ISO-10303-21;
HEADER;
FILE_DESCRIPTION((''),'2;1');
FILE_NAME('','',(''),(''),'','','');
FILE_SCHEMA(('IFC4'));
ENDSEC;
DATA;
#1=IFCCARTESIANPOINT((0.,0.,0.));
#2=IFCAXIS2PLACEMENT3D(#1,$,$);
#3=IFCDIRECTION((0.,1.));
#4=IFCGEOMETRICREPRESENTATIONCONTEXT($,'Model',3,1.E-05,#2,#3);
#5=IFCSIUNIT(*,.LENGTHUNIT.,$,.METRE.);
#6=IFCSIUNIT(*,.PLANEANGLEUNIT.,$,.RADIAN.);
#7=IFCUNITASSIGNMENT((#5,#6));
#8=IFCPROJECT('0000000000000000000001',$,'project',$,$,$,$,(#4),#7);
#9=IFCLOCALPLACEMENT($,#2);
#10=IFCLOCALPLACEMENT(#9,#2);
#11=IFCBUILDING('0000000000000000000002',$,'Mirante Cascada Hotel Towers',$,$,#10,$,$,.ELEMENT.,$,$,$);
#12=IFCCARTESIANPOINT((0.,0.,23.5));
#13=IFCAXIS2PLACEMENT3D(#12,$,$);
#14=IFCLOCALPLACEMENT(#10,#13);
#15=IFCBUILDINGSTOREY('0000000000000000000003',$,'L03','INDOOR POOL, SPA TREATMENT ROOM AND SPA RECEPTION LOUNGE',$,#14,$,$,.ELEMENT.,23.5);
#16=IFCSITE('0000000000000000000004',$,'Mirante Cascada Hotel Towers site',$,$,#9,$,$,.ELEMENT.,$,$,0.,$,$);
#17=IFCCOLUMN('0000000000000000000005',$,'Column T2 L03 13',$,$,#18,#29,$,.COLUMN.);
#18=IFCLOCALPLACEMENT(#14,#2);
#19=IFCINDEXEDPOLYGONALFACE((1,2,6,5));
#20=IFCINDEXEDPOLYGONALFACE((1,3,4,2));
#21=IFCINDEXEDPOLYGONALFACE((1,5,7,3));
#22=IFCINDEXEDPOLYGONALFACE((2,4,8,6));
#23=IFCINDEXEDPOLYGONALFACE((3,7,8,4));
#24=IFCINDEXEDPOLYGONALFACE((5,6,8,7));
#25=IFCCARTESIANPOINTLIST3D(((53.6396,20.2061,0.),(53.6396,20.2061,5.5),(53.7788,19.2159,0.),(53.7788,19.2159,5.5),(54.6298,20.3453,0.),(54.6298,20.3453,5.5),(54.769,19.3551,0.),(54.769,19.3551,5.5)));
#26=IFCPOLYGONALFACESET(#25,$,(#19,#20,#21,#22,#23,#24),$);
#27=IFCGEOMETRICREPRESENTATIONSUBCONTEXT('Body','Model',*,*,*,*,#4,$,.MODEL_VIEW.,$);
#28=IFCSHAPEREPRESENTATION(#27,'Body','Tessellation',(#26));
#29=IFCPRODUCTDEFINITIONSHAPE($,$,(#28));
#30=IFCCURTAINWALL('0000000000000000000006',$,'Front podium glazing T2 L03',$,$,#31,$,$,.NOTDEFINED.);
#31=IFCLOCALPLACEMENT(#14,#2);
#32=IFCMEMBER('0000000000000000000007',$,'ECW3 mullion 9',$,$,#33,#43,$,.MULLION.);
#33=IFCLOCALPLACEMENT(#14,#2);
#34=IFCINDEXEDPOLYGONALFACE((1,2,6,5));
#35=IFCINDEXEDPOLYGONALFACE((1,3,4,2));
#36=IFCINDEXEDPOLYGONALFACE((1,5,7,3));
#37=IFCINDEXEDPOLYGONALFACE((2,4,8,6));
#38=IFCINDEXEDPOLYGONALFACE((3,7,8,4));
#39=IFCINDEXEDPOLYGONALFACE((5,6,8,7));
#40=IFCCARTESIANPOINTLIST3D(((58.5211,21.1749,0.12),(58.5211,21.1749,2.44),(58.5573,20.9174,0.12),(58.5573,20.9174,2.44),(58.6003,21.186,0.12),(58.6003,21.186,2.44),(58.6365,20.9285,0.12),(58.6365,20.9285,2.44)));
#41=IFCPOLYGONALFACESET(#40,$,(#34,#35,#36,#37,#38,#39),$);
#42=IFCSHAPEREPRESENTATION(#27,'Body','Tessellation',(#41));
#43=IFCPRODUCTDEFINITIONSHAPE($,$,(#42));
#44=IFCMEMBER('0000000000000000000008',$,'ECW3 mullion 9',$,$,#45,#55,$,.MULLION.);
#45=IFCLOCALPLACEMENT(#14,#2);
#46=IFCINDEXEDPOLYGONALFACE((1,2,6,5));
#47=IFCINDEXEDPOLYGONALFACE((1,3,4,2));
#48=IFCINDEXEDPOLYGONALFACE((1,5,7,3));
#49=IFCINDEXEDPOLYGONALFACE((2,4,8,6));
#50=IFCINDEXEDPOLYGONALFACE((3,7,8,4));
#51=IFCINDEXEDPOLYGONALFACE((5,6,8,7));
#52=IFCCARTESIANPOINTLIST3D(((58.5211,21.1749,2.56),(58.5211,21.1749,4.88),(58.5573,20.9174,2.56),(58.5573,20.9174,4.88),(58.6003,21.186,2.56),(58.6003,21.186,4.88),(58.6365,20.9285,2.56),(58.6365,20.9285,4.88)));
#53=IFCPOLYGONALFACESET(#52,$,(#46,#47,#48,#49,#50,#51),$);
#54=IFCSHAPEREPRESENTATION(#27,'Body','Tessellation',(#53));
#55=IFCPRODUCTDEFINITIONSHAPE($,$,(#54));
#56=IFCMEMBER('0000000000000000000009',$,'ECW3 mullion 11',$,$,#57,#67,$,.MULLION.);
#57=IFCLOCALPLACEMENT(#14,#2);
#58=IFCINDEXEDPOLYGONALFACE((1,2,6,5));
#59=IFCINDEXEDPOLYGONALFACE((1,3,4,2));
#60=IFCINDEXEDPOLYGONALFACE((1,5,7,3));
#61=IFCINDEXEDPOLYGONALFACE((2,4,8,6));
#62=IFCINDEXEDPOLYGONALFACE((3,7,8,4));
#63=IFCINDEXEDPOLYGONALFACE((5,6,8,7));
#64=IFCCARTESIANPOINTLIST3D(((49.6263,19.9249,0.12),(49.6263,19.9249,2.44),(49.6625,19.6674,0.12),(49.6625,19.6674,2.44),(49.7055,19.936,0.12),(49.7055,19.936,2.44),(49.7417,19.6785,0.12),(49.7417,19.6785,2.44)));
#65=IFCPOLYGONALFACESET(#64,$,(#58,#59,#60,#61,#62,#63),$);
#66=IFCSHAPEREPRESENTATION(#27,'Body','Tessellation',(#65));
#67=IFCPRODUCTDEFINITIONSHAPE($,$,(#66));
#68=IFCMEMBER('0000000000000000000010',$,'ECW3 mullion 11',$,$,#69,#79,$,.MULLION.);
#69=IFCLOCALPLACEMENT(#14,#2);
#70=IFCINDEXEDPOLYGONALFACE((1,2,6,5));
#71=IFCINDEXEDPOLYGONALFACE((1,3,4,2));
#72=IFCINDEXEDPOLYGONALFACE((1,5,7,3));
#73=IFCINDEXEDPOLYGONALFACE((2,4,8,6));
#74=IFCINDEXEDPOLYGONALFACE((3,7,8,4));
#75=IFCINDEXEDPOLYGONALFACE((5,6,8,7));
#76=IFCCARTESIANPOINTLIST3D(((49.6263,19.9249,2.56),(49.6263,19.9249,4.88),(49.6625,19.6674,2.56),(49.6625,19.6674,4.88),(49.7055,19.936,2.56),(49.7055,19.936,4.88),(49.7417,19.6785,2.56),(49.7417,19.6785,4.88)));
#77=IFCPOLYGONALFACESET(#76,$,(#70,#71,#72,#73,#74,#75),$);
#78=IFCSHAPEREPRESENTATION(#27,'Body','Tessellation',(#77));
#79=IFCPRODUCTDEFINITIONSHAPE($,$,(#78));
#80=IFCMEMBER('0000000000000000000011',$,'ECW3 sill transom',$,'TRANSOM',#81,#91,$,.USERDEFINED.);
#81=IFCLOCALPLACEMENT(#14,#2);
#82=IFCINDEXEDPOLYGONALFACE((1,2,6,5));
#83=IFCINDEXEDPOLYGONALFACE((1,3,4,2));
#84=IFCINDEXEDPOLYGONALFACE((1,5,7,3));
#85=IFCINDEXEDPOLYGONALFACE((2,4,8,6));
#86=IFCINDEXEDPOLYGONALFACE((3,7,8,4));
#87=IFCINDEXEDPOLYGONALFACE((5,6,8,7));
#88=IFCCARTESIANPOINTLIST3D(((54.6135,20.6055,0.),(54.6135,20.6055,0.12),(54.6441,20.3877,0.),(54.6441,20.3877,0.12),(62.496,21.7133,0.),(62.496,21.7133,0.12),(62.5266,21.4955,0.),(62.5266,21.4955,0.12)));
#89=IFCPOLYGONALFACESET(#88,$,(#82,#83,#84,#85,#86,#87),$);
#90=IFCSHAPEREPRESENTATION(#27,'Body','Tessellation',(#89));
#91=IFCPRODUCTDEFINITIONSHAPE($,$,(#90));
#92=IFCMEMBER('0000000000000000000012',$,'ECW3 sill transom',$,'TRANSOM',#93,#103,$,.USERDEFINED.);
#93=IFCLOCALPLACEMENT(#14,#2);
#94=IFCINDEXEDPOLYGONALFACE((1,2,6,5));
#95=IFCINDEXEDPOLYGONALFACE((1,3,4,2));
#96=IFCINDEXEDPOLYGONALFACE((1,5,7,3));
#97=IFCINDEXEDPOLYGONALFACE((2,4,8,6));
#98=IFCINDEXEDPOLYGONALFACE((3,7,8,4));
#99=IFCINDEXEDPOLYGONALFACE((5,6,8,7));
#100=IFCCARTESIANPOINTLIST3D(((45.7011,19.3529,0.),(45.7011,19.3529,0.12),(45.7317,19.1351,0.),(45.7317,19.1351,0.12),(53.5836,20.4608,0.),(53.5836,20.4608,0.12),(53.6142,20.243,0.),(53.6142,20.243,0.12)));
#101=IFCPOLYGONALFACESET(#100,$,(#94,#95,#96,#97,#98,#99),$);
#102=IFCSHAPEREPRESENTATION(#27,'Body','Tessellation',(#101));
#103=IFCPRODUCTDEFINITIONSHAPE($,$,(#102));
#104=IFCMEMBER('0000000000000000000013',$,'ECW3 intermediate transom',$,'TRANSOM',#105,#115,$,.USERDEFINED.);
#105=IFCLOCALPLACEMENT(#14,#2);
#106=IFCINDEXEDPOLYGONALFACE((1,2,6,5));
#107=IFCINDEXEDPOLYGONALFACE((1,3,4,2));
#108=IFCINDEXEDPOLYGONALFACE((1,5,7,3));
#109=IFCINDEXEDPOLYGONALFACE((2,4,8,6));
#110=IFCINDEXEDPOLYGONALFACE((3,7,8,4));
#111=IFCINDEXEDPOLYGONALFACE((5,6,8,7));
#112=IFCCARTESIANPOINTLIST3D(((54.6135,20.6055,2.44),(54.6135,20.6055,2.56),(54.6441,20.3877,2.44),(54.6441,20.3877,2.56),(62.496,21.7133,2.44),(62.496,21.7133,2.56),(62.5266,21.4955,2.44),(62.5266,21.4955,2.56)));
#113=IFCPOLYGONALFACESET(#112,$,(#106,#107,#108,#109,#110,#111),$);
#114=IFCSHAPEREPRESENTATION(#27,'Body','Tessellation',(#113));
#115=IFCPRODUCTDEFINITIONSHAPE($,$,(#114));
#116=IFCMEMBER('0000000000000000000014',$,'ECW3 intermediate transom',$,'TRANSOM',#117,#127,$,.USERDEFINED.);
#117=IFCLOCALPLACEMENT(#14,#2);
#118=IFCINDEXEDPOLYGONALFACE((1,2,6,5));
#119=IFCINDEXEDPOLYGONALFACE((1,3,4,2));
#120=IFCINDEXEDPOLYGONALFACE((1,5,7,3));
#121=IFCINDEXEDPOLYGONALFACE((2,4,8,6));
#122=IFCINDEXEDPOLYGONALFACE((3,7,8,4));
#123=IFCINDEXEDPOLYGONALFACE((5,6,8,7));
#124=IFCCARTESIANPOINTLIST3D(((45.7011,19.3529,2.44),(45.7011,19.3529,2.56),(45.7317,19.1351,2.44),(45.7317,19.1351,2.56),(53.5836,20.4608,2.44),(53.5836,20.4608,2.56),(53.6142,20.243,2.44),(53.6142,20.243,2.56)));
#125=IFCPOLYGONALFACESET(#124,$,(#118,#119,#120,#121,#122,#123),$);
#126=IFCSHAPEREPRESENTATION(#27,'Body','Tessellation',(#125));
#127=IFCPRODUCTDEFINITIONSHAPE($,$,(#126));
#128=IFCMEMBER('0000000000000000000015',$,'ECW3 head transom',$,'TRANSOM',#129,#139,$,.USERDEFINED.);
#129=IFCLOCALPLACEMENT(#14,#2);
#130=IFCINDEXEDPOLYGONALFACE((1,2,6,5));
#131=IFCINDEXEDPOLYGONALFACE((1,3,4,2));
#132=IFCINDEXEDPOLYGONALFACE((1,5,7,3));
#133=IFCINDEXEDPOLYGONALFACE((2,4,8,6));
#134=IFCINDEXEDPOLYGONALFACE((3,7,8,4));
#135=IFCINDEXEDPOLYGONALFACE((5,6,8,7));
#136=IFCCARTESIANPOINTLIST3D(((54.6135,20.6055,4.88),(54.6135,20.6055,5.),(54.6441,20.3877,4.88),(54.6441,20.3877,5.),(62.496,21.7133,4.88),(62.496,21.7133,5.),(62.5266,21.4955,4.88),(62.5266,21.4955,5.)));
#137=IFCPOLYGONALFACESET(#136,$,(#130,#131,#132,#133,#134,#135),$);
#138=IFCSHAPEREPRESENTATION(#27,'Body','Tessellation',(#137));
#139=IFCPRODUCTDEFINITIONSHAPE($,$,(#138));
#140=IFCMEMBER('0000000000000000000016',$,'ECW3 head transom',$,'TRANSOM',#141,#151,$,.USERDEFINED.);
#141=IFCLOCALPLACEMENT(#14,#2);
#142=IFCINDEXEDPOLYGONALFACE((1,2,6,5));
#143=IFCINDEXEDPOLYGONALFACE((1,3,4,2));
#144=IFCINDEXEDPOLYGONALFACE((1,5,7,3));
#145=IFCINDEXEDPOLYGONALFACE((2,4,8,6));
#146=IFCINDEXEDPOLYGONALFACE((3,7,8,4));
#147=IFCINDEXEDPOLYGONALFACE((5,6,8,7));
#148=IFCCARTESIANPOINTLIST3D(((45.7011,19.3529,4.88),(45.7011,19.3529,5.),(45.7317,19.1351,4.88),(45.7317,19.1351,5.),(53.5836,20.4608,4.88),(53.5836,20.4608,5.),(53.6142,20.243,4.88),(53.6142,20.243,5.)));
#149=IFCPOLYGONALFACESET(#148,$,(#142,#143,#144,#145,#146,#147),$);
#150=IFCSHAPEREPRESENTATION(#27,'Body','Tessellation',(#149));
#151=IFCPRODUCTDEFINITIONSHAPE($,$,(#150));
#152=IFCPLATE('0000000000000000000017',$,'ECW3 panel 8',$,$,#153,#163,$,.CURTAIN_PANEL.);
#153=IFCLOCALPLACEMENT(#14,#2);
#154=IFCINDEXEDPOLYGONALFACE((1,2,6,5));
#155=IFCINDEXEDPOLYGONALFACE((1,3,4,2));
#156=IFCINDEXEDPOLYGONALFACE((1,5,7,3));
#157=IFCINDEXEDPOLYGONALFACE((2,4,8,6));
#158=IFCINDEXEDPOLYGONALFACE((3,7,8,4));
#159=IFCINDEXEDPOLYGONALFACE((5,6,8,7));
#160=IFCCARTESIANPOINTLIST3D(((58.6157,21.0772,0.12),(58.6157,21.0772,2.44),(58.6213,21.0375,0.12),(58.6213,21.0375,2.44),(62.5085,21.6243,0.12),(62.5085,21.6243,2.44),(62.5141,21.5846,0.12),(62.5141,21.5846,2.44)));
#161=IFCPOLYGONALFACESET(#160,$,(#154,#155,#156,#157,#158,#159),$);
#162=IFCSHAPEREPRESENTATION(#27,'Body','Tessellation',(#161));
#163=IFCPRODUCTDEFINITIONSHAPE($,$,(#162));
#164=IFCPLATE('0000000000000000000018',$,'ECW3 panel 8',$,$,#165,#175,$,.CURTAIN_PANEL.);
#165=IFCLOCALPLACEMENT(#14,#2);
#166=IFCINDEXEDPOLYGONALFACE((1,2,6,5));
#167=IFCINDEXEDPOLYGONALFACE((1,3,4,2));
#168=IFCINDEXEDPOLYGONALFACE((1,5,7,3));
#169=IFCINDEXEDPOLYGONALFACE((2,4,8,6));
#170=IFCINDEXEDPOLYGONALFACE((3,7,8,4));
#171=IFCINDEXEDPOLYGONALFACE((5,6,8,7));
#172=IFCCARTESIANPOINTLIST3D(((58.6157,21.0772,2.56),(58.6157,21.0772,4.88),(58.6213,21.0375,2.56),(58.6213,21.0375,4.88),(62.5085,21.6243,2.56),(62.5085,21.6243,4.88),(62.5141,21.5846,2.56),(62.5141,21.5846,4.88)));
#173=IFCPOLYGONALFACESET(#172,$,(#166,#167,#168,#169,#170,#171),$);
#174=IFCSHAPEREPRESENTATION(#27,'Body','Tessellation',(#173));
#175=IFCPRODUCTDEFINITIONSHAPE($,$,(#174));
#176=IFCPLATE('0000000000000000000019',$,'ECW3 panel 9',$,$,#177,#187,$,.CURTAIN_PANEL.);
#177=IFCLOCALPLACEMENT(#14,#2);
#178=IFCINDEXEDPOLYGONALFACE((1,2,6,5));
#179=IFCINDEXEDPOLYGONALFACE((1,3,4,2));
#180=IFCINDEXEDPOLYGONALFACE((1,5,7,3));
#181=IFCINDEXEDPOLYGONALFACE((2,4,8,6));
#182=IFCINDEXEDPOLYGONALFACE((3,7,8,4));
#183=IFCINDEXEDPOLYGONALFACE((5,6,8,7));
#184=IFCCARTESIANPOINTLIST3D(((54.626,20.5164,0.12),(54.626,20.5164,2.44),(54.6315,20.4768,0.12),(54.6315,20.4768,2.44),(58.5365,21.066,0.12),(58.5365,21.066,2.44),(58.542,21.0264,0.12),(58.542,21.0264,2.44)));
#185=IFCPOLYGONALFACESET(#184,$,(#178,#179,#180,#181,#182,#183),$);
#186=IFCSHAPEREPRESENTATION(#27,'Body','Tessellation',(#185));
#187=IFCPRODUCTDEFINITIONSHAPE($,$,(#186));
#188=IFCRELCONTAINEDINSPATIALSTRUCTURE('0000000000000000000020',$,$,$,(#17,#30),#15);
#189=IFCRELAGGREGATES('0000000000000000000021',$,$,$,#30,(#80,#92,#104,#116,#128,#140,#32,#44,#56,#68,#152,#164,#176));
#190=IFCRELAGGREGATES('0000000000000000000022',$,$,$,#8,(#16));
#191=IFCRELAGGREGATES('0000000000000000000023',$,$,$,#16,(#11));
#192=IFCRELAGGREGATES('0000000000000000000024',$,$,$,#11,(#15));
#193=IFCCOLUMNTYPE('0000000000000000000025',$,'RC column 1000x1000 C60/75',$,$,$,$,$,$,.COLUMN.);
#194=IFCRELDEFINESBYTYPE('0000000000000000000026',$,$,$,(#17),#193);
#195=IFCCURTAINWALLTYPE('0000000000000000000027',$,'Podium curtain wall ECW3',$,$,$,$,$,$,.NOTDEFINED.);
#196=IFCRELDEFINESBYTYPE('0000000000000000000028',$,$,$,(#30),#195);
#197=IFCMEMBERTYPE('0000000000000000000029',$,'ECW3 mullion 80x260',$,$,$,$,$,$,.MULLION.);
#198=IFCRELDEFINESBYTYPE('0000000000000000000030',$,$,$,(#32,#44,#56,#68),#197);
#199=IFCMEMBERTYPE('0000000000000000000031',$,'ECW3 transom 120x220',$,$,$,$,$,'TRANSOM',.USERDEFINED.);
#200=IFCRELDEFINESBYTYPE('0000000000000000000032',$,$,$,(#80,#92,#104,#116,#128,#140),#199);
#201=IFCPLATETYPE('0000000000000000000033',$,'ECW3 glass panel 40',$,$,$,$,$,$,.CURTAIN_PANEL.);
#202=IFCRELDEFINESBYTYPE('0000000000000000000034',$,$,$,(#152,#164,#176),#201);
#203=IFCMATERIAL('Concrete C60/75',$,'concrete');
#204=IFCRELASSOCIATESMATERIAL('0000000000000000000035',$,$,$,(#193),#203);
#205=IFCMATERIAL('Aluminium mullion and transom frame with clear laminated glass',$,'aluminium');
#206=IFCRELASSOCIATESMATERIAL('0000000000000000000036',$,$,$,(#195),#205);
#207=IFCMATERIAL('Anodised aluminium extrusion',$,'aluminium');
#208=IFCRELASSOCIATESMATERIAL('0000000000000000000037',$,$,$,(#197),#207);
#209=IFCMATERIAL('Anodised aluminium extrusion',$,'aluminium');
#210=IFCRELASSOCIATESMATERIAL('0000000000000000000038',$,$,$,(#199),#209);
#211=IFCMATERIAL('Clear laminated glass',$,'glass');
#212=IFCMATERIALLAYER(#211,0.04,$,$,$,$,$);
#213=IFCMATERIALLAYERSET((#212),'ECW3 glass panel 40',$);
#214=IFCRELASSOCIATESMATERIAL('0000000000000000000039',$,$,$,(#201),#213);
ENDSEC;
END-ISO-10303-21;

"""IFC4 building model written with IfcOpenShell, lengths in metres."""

from ifc_helpers import new_model, si_unit, direction, frame, origin, origin_2d, place, context, subcontext, project, spatial, rectangle, extrude, material, layer, layer_set, material_profile, profile_set, type_object, element, aggregate, save


model = new_model("IFC4")

# Units and contexts
model_context = context("Model", 3, precision=1e-05, world=origin(), true_north=direction((0.0, 1.0)))
body_context = subcontext(model_context, "Body", "Model", "MODEL_VIEW")
ifc_project = project(units=[si_unit("LENGTHUNIT", "METRE"), si_unit("PLANEANGLEUNIT", "RADIAN")], contexts=[model_context])

# Site, building, storey
site_placement = place(None, origin())
site = spatial("IfcSite", under=ifc_project, at=site_placement, Name="Mirante Cascada Hotel Towers site", CompositionType="ELEMENT", RefElevation=0.0)
building_placement = place(site_placement, origin())
building = spatial("IfcBuilding", under=site, at=building_placement, Name="Mirante Cascada Hotel Towers", CompositionType="ELEMENT")
storey_placement = place(building_placement, frame((0.0, 0.0, 23.5)))
storey = spatial("IfcBuildingStorey", under=building, at=storey_placement, Name="L03", Description="INDOOR POOL, SPA TREATMENT ROOM AND SPA RECEPTION LOUNGE", CompositionType="ELEMENT", Elevation=23.5)

# Column
ifc_material_1 = material(Name="Concrete C60/75", Category="concrete")
ifc_material_profile_1 = material_profile(ifc_material_1, rectangle(XDim=1.0, YDim=1.0, at=origin_2d()), Name="RC column 1000x1000 C60/75")
ifc_profile_set_1 = profile_set([ifc_material_profile_1], Name="Concrete C60/75")
column_type = type_object("IfcColumnType", Name="RC column 1000x1000 C60/75", PredefinedType="COLUMN", material=ifc_profile_set_1)
column_placement = place(storey_placement, frame((54.2043, 19.7806, 0.0), z_axis=(0.0, 0.0, 1.0), x_axis=(0.990268, 0.139173, 0.0)))
element("IfcColumn", 1, at=column_placement, inside=storey, type_object=column_type, Name="Column T2 L03 13", PredefinedType="COLUMN", context=body_context, shape_type="SweptSolid", body=[
    extrude(rectangle(XDim=1.0, YDim=1.0, at=origin_2d()), origin(), (0.0, 0.0, 1.0), 5.5),
])

# Curtain wall, members, plates
ifc_material_2 = material(Name="Aluminium mullion and transom frame with clear laminated glass", Category="aluminium")
curtain_wall_type = type_object("IfcCurtainWallType", Name="Podium curtain wall ECW3", PredefinedType="NOTDEFINED", material=ifc_material_2)
curtain_wall_placement = place(storey_placement, origin())
curtain_wall = element("IfcCurtainWall", 2, at=curtain_wall_placement, inside=storey, type_object=curtain_wall_type, Name="Front podium glazing T2 L03", PredefinedType="NOTDEFINED")
ifc_material_3 = material(Name="Anodised aluminium extrusion", Category="aluminium")
ifc_material_profile_2 = material_profile(ifc_material_3, rectangle(XDim=0.26, YDim=0.08, at=origin_2d()), Name="ECW3 MULLION 80x260")
ifc_profile_set_2 = profile_set([ifc_material_profile_2], Name="Anodised aluminium extrusion")
member_type_1 = type_object("IfcMemberType", Name="ECW3 mullion 80x260", PredefinedType="MULLION", material=ifc_profile_set_2)
member_1_placement = place(storey_placement, frame((58.5788, 21.0517, 0.12), z_axis=(0.0, 0.0, 1.0), x_axis=(0.139173, -0.990268, 0.0)))
member_1 = element("IfcMember", 3, at=member_1_placement, type_object=member_type_1, Name="ECW3 mullion 9", PredefinedType="MULLION", context=body_context, shape_type="SweptSolid", body=[
    extrude(rectangle(XDim=0.26, YDim=0.08, at=origin_2d()), origin(), (0.0, 0.0, 1.0), 2.32),
])
member_2_placement = place(storey_placement, frame((58.5788, 21.0517, 2.56), z_axis=(0.0, 0.0, 1.0), x_axis=(0.139173, -0.990268, 0.0)))
member_2 = element("IfcMember", 4, at=member_2_placement, type_object=member_type_1, Name="ECW3 mullion 9", PredefinedType="MULLION", context=body_context, shape_type="SweptSolid", body=[
    extrude(rectangle(XDim=0.26, YDim=0.08, at=origin_2d()), origin(), (0.0, 0.0, 1.0), 2.32),
])
member_3_placement = place(storey_placement, frame((49.684, 19.8017, 0.12), z_axis=(0.0, 0.0, 1.0), x_axis=(0.139173, -0.990268, 0.0)))
member_3 = element("IfcMember", 5, at=member_3_placement, type_object=member_type_1, Name="ECW3 mullion 11", PredefinedType="MULLION", context=body_context, shape_type="SweptSolid", body=[
    extrude(rectangle(XDim=0.26, YDim=0.08, at=origin_2d()), origin(), (0.0, 0.0, 1.0), 2.32),
])
member_4_placement = place(storey_placement, frame((49.684, 19.8017, 2.56), z_axis=(0.0, 0.0, 1.0), x_axis=(0.139173, -0.990268, 0.0)))
member_4 = element("IfcMember", 6, at=member_4_placement, type_object=member_type_1, Name="ECW3 mullion 11", PredefinedType="MULLION", context=body_context, shape_type="SweptSolid", body=[
    extrude(rectangle(XDim=0.26, YDim=0.08, at=origin_2d()), origin(), (0.0, 0.0, 1.0), 2.32),
])
ifc_material_4 = material(Name="Anodised aluminium extrusion", Category="aluminium")
ifc_material_profile_3 = material_profile(ifc_material_4, rectangle(XDim=0.22, YDim=0.12, at=origin_2d()), Name="ECW3 TRANSOM 120x220")
ifc_profile_set_3 = profile_set([ifc_material_profile_3], Name="Anodised aluminium extrusion")
member_type_2 = type_object("IfcMemberType", Name="ECW3 transom 120x220", ElementType="TRANSOM", PredefinedType="USERDEFINED", material=ifc_profile_set_3)
member_5_placement = place(storey_placement, frame((62.5113, 21.6044, 0.06), z_axis=(-0.990268, -0.139172, 0.0), x_axis=(0.139172, -0.990268, 0.0)))
member_5 = element("IfcMember", 7, at=member_5_placement, type_object=member_type_2, Name="ECW3 sill transom", ObjectType="TRANSOM", PredefinedType="USERDEFINED", context=body_context, shape_type="SweptSolid", body=[
    extrude(rectangle(XDim=0.22, YDim=0.12, at=origin_2d()), origin(), (0.0, 0.0, 1.0), 7.96),
])
member_6_placement = place(storey_placement, frame((53.5989, 20.3519, 0.06), z_axis=(-0.990267, -0.139184, 0.0), x_axis=(0.139184, -0.990267, 0.0)))
member_6 = element("IfcMember", 8, at=member_6_placement, type_object=member_type_2, Name="ECW3 sill transom", ObjectType="TRANSOM", PredefinedType="USERDEFINED", context=body_context, shape_type="SweptSolid", body=[
    extrude(rectangle(XDim=0.22, YDim=0.12, at=origin_2d()), origin(), (0.0, 0.0, 1.0), 7.96),
])
member_7_placement = place(storey_placement, frame((62.5113, 21.6044, 2.5), z_axis=(-0.990268, -0.139172, 0.0), x_axis=(0.139172, -0.990268, 0.0)))
member_7 = element("IfcMember", 9, at=member_7_placement, type_object=member_type_2, Name="ECW3 intermediate transom", ObjectType="TRANSOM", PredefinedType="USERDEFINED", context=body_context, shape_type="SweptSolid", body=[
    extrude(rectangle(XDim=0.22, YDim=0.12, at=origin_2d()), origin(), (0.0, 0.0, 1.0), 7.96),
])
member_8_placement = place(storey_placement, frame((53.5989, 20.3519, 2.5), z_axis=(-0.990267, -0.139184, 0.0), x_axis=(0.139184, -0.990267, 0.0)))
member_8 = element("IfcMember", 10, at=member_8_placement, type_object=member_type_2, Name="ECW3 intermediate transom", ObjectType="TRANSOM", PredefinedType="USERDEFINED", context=body_context, shape_type="SweptSolid", body=[
    extrude(rectangle(XDim=0.22, YDim=0.12, at=origin_2d()), origin(), (0.0, 0.0, 1.0), 7.96),
])
member_9_placement = place(storey_placement, frame((62.5113, 21.6044, 4.94), z_axis=(-0.990268, -0.139172, 0.0), x_axis=(0.139172, -0.990268, 0.0)))
member_9 = element("IfcMember", 11, at=member_9_placement, type_object=member_type_2, Name="ECW3 head transom", ObjectType="TRANSOM", PredefinedType="USERDEFINED", context=body_context, shape_type="SweptSolid", body=[
    extrude(rectangle(XDim=0.22, YDim=0.12, at=origin_2d()), origin(), (0.0, 0.0, 1.0), 7.96),
])
member_10_placement = place(storey_placement, frame((53.5989, 20.3519, 4.94), z_axis=(-0.990267, -0.139184, 0.0), x_axis=(0.139184, -0.990267, 0.0)))
member_10 = element("IfcMember", 12, at=member_10_placement, type_object=member_type_2, Name="ECW3 head transom", ObjectType="TRANSOM", PredefinedType="USERDEFINED", context=body_context, shape_type="SweptSolid", body=[
    extrude(rectangle(XDim=0.22, YDim=0.12, at=origin_2d()), origin(), (0.0, 0.0, 1.0), 7.96),
])
ifc_material_5 = material(Name="Clear laminated glass", Category="glass")
ifc_layer_1 = layer(ifc_material_5, 0.04)
ifc_layer_set_1 = layer_set([ifc_layer_1], Name="ECW3 glass panel 40")
plate_type = type_object("IfcPlateType", Name="ECW3 glass panel 40", PredefinedType="CURTAIN_PANEL", material=ifc_layer_set_1)
plate_1_placement = place(storey_placement, frame((60.5649, 21.3309, 0.12), z_axis=(0.0, 0.0, 1.0), x_axis=(-0.990268, -0.139173, 0.0)))
plate_1 = element("IfcPlate", 13, at=plate_1_placement, type_object=plate_type, Name="ECW3 panel 8", PredefinedType="CURTAIN_PANEL", context=body_context, shape_type="SweptSolid", body=[
    extrude(rectangle(XDim=3.9311, YDim=0.04, at=origin_2d()), origin(), (0.0, 0.0, 1.0), 2.32),
])
plate_2_placement = place(storey_placement, frame((60.5649, 21.3309, 2.56), z_axis=(0.0, 0.0, 1.0), x_axis=(-0.990268, -0.139173, 0.0)))
plate_2 = element("IfcPlate", 14, at=plate_2_placement, type_object=plate_type, Name="ECW3 panel 8", PredefinedType="CURTAIN_PANEL", context=body_context, shape_type="SweptSolid", body=[
    extrude(rectangle(XDim=3.9311, YDim=0.04, at=origin_2d()), origin(), (0.0, 0.0, 1.0), 2.32),
])
plate_3_placement = place(storey_placement, frame((56.584, 20.7714, 0.12), z_axis=(0.0, 0.0, 1.0), x_axis=(-0.990268, -0.139173, 0.0)))
plate_3 = element("IfcPlate", 15, at=plate_3_placement, type_object=plate_type, Name="ECW3 panel 9", PredefinedType="CURTAIN_PANEL", context=body_context, shape_type="SweptSolid", body=[
    extrude(rectangle(XDim=3.9489, YDim=0.04, at=origin_2d()), origin(), (0.0, 0.0, 1.0), 2.32),
])
aggregate(curtain_wall, [member_5, member_6, member_7, member_8, member_9, member_10, member_1, member_2, member_3, member_4, plate_1, plate_2, plate_3])

save(model, "model.ifc")
